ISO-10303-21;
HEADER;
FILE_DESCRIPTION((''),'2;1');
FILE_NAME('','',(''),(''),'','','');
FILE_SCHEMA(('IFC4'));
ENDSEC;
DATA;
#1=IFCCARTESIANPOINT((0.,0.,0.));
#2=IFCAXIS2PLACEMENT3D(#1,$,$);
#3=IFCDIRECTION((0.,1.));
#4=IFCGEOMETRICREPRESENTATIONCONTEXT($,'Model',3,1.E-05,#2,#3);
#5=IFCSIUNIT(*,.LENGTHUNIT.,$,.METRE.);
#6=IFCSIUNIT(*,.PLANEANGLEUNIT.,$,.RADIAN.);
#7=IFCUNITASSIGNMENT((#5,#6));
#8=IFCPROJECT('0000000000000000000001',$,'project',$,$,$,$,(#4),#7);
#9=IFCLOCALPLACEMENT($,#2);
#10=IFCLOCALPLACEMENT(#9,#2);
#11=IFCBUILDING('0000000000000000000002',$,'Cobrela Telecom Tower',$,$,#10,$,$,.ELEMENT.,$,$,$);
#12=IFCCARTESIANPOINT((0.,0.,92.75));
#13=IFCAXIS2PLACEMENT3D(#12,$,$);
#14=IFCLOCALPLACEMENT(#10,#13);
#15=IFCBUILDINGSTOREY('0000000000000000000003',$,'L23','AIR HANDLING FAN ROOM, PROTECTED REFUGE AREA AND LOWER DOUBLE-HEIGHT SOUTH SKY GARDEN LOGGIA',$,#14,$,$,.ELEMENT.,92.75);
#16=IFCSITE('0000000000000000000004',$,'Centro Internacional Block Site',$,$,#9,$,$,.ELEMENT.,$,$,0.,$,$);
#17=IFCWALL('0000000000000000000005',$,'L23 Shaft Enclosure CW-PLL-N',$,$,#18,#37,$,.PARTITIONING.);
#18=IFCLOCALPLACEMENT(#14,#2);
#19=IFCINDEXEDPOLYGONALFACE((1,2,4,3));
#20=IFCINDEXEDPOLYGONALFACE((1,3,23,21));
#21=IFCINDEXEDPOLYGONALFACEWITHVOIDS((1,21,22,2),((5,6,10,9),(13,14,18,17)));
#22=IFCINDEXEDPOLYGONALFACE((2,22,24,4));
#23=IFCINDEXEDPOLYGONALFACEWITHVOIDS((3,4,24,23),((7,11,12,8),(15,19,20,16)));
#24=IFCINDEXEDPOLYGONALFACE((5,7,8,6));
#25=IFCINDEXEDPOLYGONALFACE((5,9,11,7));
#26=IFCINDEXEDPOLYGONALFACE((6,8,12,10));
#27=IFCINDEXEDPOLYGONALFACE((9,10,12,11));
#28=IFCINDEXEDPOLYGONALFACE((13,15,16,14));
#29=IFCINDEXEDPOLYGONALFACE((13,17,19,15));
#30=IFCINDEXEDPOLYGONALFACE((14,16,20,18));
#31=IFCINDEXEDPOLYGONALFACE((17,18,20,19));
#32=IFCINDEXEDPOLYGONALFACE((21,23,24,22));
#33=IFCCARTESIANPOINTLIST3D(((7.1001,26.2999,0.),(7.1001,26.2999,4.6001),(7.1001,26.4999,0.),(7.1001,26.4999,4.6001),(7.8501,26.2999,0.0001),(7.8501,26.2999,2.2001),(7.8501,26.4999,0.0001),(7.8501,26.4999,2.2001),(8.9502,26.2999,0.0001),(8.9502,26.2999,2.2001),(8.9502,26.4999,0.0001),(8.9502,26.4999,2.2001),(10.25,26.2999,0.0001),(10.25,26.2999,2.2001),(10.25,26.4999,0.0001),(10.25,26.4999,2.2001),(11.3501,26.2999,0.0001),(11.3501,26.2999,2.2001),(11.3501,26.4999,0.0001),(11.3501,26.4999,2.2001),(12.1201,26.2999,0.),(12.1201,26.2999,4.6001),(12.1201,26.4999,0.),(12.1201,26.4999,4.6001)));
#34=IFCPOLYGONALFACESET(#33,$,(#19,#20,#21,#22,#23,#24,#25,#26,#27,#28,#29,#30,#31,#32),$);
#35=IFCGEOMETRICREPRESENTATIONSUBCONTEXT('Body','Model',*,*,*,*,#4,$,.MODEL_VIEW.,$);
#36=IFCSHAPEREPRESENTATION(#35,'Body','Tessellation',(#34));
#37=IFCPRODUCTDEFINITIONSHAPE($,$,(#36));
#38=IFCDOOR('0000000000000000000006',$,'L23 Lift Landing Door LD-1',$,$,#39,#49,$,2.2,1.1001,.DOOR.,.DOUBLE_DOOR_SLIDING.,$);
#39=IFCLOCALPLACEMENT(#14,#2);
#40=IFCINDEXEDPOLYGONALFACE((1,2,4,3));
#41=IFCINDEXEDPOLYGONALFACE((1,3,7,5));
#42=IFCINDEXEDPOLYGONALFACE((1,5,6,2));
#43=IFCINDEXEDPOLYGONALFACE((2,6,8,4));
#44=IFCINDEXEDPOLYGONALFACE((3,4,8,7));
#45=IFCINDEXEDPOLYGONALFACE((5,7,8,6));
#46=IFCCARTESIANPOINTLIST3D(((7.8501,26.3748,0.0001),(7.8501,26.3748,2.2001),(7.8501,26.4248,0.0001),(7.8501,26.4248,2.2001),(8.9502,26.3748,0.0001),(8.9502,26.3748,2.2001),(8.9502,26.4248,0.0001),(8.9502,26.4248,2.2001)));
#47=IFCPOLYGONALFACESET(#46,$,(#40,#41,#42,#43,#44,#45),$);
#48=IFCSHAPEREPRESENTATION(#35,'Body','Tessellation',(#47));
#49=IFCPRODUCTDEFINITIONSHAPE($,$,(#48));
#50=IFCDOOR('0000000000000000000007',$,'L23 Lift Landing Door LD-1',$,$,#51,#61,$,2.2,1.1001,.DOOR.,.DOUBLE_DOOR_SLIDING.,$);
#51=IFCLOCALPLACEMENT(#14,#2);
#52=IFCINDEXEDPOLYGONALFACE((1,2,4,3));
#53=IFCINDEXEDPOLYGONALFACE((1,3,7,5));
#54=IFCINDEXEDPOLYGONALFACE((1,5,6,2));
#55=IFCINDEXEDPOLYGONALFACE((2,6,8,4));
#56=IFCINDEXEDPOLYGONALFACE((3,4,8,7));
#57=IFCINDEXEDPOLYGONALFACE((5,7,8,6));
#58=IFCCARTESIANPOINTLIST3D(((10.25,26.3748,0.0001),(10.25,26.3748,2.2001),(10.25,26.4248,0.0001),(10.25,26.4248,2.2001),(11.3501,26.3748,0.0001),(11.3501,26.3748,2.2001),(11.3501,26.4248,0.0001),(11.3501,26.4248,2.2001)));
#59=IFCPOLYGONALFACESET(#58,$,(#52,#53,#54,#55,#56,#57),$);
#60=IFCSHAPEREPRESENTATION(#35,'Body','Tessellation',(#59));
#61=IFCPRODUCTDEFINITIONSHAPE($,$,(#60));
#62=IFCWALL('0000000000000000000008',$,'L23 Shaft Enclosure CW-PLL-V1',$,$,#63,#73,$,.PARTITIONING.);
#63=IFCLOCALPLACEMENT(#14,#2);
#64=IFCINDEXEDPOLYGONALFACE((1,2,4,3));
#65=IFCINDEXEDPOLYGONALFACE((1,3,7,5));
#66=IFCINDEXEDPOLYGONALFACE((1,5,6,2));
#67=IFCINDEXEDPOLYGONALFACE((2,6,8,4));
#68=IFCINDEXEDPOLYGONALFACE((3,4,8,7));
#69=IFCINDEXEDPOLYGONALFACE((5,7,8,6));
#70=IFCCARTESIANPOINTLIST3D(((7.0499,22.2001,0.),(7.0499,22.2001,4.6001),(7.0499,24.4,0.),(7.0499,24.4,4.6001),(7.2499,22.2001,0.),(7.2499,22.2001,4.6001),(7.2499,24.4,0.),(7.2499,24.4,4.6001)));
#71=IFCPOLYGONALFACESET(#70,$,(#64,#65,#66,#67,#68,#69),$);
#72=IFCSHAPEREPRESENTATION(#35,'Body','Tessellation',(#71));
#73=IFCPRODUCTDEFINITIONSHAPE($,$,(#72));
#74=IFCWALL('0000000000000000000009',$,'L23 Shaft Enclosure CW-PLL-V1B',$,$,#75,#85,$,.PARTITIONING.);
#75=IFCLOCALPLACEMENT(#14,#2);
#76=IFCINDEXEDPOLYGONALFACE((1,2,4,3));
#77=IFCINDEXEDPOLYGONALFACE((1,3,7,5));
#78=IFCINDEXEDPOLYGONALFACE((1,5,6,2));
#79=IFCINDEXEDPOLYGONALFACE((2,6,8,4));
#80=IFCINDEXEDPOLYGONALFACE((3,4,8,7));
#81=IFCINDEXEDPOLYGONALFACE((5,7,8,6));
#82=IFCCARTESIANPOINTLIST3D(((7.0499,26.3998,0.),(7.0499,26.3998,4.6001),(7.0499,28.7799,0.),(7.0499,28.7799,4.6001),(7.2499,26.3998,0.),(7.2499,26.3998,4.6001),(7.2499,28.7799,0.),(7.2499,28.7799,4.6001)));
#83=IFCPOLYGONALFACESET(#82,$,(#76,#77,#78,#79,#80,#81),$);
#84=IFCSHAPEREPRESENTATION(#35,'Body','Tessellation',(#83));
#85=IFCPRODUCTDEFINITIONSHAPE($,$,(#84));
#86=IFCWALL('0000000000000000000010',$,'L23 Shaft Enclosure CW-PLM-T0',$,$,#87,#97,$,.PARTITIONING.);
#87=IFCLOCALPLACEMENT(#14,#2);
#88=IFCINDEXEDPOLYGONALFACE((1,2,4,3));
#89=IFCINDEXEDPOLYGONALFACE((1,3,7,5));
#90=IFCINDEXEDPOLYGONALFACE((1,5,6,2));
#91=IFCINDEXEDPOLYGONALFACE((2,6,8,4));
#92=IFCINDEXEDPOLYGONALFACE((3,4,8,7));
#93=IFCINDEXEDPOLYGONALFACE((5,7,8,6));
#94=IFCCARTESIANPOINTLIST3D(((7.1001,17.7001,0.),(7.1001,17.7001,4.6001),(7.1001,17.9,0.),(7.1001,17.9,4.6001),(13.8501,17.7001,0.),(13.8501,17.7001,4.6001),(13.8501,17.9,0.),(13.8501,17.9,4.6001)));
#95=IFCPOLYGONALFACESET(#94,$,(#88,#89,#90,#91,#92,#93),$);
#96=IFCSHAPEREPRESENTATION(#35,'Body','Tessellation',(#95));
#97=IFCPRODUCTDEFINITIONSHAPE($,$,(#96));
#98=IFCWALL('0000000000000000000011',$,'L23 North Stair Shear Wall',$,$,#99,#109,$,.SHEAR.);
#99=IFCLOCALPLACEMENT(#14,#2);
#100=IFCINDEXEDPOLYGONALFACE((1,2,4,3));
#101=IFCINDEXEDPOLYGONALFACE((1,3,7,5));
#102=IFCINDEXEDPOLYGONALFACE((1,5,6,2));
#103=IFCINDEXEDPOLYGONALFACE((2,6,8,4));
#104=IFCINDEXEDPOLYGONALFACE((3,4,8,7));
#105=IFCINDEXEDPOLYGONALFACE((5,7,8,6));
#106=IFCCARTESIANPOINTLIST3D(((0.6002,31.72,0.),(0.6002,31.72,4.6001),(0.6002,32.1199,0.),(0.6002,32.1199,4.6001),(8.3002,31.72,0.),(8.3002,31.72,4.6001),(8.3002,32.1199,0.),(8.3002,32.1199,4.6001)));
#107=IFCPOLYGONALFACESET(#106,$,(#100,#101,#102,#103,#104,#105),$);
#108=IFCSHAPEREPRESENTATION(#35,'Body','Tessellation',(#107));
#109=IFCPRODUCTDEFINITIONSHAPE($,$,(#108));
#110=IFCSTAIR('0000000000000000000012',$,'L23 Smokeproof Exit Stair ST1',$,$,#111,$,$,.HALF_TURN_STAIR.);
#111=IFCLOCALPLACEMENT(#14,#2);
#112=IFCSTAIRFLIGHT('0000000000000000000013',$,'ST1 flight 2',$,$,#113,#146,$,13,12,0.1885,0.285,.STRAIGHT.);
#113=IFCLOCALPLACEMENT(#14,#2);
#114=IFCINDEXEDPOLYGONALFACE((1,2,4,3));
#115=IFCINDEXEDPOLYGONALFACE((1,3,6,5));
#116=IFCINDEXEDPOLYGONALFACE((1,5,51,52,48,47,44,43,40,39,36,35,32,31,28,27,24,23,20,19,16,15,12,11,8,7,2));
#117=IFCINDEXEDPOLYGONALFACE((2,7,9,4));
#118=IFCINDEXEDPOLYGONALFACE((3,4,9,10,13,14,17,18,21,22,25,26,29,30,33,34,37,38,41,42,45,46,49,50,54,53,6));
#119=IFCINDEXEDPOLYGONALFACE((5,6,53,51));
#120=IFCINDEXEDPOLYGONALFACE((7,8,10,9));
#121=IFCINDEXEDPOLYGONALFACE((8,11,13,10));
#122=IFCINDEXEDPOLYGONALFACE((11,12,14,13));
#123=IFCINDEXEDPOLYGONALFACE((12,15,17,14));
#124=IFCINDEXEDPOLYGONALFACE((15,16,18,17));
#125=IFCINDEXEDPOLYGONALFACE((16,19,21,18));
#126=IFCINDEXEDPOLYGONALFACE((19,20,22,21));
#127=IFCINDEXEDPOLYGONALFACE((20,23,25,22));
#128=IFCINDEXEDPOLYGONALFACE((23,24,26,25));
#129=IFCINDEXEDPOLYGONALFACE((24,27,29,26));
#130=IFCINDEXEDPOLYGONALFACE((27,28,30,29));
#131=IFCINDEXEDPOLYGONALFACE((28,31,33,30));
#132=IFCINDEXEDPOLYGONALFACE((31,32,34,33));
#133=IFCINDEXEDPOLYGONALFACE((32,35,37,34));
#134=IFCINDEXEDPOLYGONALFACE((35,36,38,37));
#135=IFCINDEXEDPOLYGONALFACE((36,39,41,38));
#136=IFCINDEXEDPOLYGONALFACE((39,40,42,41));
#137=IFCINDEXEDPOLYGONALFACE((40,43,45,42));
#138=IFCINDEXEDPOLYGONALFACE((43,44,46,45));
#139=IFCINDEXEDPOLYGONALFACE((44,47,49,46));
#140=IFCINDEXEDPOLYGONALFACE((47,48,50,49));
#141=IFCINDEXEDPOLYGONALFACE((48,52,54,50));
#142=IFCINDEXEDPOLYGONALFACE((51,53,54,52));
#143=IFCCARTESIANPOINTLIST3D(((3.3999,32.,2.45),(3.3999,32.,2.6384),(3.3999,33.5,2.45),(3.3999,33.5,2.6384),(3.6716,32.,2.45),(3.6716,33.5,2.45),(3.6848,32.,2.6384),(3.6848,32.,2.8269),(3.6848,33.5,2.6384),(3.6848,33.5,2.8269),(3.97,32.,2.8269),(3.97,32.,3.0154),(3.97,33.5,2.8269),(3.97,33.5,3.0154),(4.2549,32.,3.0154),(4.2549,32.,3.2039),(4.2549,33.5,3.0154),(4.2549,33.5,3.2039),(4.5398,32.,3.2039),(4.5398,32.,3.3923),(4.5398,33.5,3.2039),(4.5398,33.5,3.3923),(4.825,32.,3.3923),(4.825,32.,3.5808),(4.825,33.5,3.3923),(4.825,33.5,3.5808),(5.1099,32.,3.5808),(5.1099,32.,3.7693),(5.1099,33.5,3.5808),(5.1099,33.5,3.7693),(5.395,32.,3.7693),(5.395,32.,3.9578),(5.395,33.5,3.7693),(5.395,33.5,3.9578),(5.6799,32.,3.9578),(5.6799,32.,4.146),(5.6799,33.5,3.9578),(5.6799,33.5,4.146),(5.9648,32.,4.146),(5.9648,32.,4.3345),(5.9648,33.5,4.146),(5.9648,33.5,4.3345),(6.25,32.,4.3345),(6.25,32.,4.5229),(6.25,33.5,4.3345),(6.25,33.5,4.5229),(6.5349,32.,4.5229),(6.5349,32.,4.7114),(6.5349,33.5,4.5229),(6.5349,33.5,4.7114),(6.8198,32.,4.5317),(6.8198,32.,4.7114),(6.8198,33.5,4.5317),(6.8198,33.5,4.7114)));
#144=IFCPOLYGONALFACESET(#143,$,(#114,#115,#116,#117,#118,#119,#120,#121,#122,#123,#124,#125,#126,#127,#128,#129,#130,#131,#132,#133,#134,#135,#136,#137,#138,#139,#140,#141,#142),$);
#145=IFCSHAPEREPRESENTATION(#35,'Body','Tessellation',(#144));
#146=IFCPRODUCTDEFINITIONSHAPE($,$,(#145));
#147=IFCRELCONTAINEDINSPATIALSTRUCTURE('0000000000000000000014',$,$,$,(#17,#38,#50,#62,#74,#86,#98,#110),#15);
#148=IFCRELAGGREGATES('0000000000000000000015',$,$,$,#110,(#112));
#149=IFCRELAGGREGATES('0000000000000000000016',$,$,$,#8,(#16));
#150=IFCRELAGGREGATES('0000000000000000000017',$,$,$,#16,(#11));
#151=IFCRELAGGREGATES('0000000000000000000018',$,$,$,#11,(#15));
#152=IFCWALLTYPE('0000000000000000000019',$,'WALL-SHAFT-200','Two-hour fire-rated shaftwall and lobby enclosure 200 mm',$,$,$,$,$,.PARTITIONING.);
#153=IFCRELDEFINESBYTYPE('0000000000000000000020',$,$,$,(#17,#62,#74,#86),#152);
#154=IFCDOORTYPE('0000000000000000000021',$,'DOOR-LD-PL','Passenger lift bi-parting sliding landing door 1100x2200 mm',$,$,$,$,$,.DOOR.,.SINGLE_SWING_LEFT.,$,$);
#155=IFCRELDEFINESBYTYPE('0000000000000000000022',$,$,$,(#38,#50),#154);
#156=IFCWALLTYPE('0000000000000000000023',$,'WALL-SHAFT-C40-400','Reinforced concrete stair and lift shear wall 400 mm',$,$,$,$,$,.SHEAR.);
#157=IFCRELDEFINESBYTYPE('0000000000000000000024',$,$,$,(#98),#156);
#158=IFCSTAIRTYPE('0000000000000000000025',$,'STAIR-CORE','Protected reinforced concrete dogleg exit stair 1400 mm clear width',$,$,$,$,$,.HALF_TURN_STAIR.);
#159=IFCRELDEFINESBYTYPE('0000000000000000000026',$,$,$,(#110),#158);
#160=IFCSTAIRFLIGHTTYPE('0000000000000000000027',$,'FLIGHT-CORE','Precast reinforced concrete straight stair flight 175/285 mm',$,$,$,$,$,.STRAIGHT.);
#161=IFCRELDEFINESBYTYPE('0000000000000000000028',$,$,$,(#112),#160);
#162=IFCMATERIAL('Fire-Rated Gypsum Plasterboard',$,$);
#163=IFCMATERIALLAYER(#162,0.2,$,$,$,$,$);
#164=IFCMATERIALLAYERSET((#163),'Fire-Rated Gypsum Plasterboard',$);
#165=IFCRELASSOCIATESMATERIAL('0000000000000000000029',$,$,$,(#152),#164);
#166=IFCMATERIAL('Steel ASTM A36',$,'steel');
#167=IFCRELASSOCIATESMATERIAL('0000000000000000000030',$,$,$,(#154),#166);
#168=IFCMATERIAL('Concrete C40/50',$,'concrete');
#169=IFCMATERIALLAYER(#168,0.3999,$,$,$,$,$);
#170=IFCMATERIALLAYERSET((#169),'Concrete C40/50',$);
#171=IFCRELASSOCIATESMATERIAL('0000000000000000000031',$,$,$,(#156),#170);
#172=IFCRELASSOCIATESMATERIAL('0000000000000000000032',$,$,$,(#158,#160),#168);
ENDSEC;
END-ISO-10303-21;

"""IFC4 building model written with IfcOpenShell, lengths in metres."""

from ifc_helpers import new_model, si_unit, direction, frame, frame_2d, origin, place, context, subcontext, project, spatial, polyline, rectangle, outline, extrude, material, layer, layer_set, type_object, element, fill, aggregate, save


model = new_model("IFC4")

# Units and contexts
model_context = context("Model", 3, precision=1e-05, world=origin(), true_north=direction((0.0, 1.0)))
body_context = subcontext(model_context, "Body", "Model", "MODEL_VIEW")
ifc_project = project(units=[si_unit("LENGTHUNIT", "METRE"), si_unit("PLANEANGLEUNIT", "RADIAN")], contexts=[model_context])

# Site, building, storey
site_placement = place(None, origin())
site = spatial("IfcSite", under=ifc_project, at=site_placement, Name="Centro Internacional Block Site", CompositionType="ELEMENT", RefElevation=0.0)
building_placement = place(site_placement, origin())
building = spatial("IfcBuilding", under=site, at=building_placement, Name="Cobrela Telecom Tower", CompositionType="ELEMENT")
storey_placement = place(building_placement, frame((0.0, 0.0, 92.75)))
storey = spatial("IfcBuildingStorey", under=building, at=storey_placement, Name="L23", Description="AIR HANDLING FAN ROOM, PROTECTED REFUGE AREA AND LOWER DOUBLE-HEIGHT SOUTH SKY GARDEN LOGGIA", CompositionType="ELEMENT", Elevation=92.75)

# Shared definitions
ifc_material_1 = material(Name="Fire-Rated Gypsum Plasterboard")
ifc_layer_1 = layer(ifc_material_1, 0.2)
ifc_layer_set_1 = layer_set([ifc_layer_1], Name="Fire-Rated Gypsum Plasterboard")
wall_type_1 = type_object("IfcWallType", Name="WALL-SHAFT-200", Description="Two-hour fire-rated shaftwall and lobby enclosure 200 mm", PredefinedType="PARTITIONING", material=ifc_layer_set_1)
ifc_material_2 = material(Name="Steel ASTM A36", Category="steel")

# Wall, openings, doors
door_type_1 = type_object("IfcDoorType", Name="DOOR-LD-PL", Description="Passenger lift bi-parting sliding landing door 1100x2200 mm", OperationType="SINGLE_SWING_LEFT", PredefinedType="DOOR", material=ifc_material_2)
wall_1_placement = place(storey_placement, frame((7.1001, 26.3999, 0.0), z_axis=(0.0, 0.0, 1.0), x_axis=(1.0, 0.0, 0.0)))
wall_1 = element("IfcWall", 1, at=wall_1_placement, inside=storey, type_object=wall_type_1, Name="L23 Shaft Enclosure CW-PLL-N", PredefinedType="PARTITIONING", context=body_context, shape_type="SweptSolid", body=[
    extrude(rectangle(XDim=5.02, YDim=0.2, at=frame_2d((2.51, 0.0))), origin(), (0.0, 0.0, 1.0), 4.6001),
])
opening_1_placement = place(wall_1_placement, frame((0.75, 0.0, 0.0)))
opening_1 = element("IfcOpeningElement", 2, at=opening_1_placement, cuts=wall_1, PredefinedType="OPENING", context=body_context, shape_type="SweptSolid", body=[
    extrude(rectangle(XDim=1.1001, YDim=2.2, at=frame_2d((0.55, 1.1001))), frame((0.0, 0.1118, 0.0), z_axis=(0.0, -1.0, 0.0), x_axis=(1.0, 0.0, 0.0)), (0.0, 0.0, 1.0), 0.2239),
])
opening_2_placement = place(wall_1_placement, frame((3.1499, 0.0, 0.0)))
opening_2 = element("IfcOpeningElement", 3, at=opening_2_placement, cuts=wall_1, PredefinedType="OPENING", context=body_context, shape_type="SweptSolid", body=[
    extrude(rectangle(XDim=1.1001, YDim=2.2, at=frame_2d((0.55, 1.1001))), frame((0.0, 0.1118, 0.0), z_axis=(0.0, -1.0, 0.0), x_axis=(1.0, 0.0, 0.0)), (0.0, 0.0, 1.0), 0.2239),
])
door_1_placement = place(opening_1_placement, origin())
door_1 = element("IfcDoor", 4, at=door_1_placement, inside=storey, type_object=door_type_1, Name="L23 Lift Landing Door LD-1", OperationType="DOUBLE_DOOR_SLIDING", OverallHeight=2.2, OverallWidth=1.1001, PredefinedType="DOOR", context=body_context, shape_type="SweptSolid", body=[
    extrude(rectangle(XDim=1.1001, YDim=2.2, at=frame_2d((0.55, 1.1001))), frame((0.0, 0.0249, 0.0), z_axis=(0.0, -1.0, 0.0), x_axis=(1.0, 0.0, 0.0)), (0.0, 0.0, 1.0), 0.05),
])
fill(opening_1, door_1)
door_2_placement = place(opening_2_placement, origin())
door_2 = element("IfcDoor", 5, at=door_2_placement, inside=storey, type_object=door_type_1, Name="L23 Lift Landing Door LD-1", OperationType="DOUBLE_DOOR_SLIDING", OverallHeight=2.2, OverallWidth=1.1001, PredefinedType="DOOR", context=body_context, shape_type="SweptSolid", body=[
    extrude(rectangle(XDim=1.1001, YDim=2.2, at=frame_2d((0.55, 1.1001))), frame((0.0, 0.0249, 0.0), z_axis=(0.0, -1.0, 0.0), x_axis=(1.0, 0.0, 0.0)), (0.0, 0.0, 1.0), 0.05),
])
fill(opening_2, door_2)

# Walls
wall_2_placement = place(storey_placement, frame((7.1499, 22.2, 0.0), z_axis=(0.0, 0.0, 1.0), x_axis=(0.0, 1.0, 0.0)))
element("IfcWall", 6, at=wall_2_placement, inside=storey, type_object=wall_type_1, Name="L23 Shaft Enclosure CW-PLL-V1", PredefinedType="PARTITIONING", context=body_context, shape_type="SweptSolid", body=[
    extrude(rectangle(XDim=2.2, YDim=0.2, at=frame_2d((1.1001, 0.0))), origin(), (0.0, 0.0, 1.0), 4.6001),
])
wall_3_placement = place(storey_placement, frame((7.1499, 26.3999, 0.0), z_axis=(0.0, 0.0, 1.0), x_axis=(0.0, 1.0, 0.0)))
element("IfcWall", 7, at=wall_3_placement, inside=storey, type_object=wall_type_1, Name="L23 Shaft Enclosure CW-PLL-V1B", PredefinedType="PARTITIONING", context=body_context, shape_type="SweptSolid", body=[
    extrude(rectangle(XDim=2.3801, YDim=0.2, at=frame_2d((1.1899, 0.0))), origin(), (0.0, 0.0, 1.0), 4.6001),
])
wall_4_placement = place(storey_placement, frame((7.1001, 17.8, 0.0), z_axis=(0.0, 0.0, 1.0), x_axis=(1.0, 0.0, 0.0)))
element("IfcWall", 8, at=wall_4_placement, inside=storey, type_object=wall_type_1, Name="L23 Shaft Enclosure CW-PLM-T0", PredefinedType="PARTITIONING", context=body_context, shape_type="SweptSolid", body=[
    extrude(rectangle(XDim=6.75, YDim=0.2, at=frame_2d((3.375, 0.0))), origin(), (0.0, 0.0, 1.0), 4.6001),
])
ifc_material_3 = material(Name="Concrete C40/50", Category="concrete")
ifc_layer_2 = layer(ifc_material_3, 0.3999)
ifc_layer_set_2 = layer_set([ifc_layer_2], Name="Concrete C40/50")
wall_type_2 = type_object("IfcWallType", Name="WALL-SHAFT-C40-400", Description="Reinforced concrete stair and lift shear wall 400 mm", PredefinedType="SHEAR", material=ifc_layer_set_2)
wall_5_placement = place(storey_placement, frame((0.6001, 31.9199, 0.0), z_axis=(0.0, 0.0, 1.0), x_axis=(1.0, 0.0, 0.0)))
element("IfcWall", 9, at=wall_5_placement, inside=storey, type_object=wall_type_2, Name="L23 North Stair Shear Wall", PredefinedType="SHEAR", context=body_context, shape_type="SweptSolid", body=[
    extrude(rectangle(XDim=7.7, YDim=0.3999, at=frame_2d((3.8501, 0.0))), origin(), (0.0, 0.0, 1.0), 4.6001),
])

# Stair, stair flight
stair_type = type_object("IfcStairType", Name="STAIR-CORE", Description="Protected reinforced concrete dogleg exit stair 1400 mm clear width", PredefinedType="HALF_TURN_STAIR", material=ifc_material_3)
stair_placement = place(storey_placement, origin())
stair = element("IfcStair", 10, at=stair_placement, inside=storey, type_object=stair_type, Name="L23 Smokeproof Exit Stair ST1", PredefinedType="HALF_TURN_STAIR")
stair_flight_type = type_object("IfcStairFlightType", Name="FLIGHT-CORE", Description="Precast reinforced concrete straight stair flight 175/285 mm", PredefinedType="STRAIGHT", material=ifc_material_3)
stair_flight_placement = place(storey_placement, frame((3.3999, 32.75, 2.45), z_axis=(0.0, 0.0, 1.0), x_axis=(1.0, 0.0, 0.0)))
stair_flight = element("IfcStairFlight", 11, at=stair_flight_placement, type_object=stair_flight_type, Name="ST1 flight 2", NumberOfRisers=13, NumberOfTreads=12, PredefinedType="STRAIGHT", RiserHeight=0.1885, TreadLength=0.285, context=body_context, shape_type="SweptSolid", body=[
    extrude(outline(polyline([(0.0, 0.0), (0.0, 0.1885), (0.2849, 0.1885), (0.2849, 0.377), (0.5701, 0.377), (0.5701, 0.5654), (0.855, 0.5654), (0.855, 0.7539), (1.1399, 0.7539), (1.1399, 0.9424), (1.425, 0.9424), (1.425, 1.1309), (1.71, 1.1309), (1.71, 1.3193), (1.9951, 1.3193), (1.9951, 1.5078), (2.28, 1.5078), (2.28, 1.696), (2.5649, 1.696), (2.5649, 1.8845), (2.8501, 1.8845), (2.8501, 2.073), (3.135, 2.073), (3.135, 2.2615), (3.4199, 2.2615), (3.4199, 2.45), (3.4199, 2.0818), (0.2717, 0.0), (0.0, 0.0)])), frame((0.0, 0.75, 0.0), z_axis=(0.0, -1.0, 0.0), x_axis=(1.0, 0.0, 0.0)), (0.0, 0.0, 1.0), 1.5),
])
aggregate(stair, [stair_flight])

save(model, "model.ifc")
